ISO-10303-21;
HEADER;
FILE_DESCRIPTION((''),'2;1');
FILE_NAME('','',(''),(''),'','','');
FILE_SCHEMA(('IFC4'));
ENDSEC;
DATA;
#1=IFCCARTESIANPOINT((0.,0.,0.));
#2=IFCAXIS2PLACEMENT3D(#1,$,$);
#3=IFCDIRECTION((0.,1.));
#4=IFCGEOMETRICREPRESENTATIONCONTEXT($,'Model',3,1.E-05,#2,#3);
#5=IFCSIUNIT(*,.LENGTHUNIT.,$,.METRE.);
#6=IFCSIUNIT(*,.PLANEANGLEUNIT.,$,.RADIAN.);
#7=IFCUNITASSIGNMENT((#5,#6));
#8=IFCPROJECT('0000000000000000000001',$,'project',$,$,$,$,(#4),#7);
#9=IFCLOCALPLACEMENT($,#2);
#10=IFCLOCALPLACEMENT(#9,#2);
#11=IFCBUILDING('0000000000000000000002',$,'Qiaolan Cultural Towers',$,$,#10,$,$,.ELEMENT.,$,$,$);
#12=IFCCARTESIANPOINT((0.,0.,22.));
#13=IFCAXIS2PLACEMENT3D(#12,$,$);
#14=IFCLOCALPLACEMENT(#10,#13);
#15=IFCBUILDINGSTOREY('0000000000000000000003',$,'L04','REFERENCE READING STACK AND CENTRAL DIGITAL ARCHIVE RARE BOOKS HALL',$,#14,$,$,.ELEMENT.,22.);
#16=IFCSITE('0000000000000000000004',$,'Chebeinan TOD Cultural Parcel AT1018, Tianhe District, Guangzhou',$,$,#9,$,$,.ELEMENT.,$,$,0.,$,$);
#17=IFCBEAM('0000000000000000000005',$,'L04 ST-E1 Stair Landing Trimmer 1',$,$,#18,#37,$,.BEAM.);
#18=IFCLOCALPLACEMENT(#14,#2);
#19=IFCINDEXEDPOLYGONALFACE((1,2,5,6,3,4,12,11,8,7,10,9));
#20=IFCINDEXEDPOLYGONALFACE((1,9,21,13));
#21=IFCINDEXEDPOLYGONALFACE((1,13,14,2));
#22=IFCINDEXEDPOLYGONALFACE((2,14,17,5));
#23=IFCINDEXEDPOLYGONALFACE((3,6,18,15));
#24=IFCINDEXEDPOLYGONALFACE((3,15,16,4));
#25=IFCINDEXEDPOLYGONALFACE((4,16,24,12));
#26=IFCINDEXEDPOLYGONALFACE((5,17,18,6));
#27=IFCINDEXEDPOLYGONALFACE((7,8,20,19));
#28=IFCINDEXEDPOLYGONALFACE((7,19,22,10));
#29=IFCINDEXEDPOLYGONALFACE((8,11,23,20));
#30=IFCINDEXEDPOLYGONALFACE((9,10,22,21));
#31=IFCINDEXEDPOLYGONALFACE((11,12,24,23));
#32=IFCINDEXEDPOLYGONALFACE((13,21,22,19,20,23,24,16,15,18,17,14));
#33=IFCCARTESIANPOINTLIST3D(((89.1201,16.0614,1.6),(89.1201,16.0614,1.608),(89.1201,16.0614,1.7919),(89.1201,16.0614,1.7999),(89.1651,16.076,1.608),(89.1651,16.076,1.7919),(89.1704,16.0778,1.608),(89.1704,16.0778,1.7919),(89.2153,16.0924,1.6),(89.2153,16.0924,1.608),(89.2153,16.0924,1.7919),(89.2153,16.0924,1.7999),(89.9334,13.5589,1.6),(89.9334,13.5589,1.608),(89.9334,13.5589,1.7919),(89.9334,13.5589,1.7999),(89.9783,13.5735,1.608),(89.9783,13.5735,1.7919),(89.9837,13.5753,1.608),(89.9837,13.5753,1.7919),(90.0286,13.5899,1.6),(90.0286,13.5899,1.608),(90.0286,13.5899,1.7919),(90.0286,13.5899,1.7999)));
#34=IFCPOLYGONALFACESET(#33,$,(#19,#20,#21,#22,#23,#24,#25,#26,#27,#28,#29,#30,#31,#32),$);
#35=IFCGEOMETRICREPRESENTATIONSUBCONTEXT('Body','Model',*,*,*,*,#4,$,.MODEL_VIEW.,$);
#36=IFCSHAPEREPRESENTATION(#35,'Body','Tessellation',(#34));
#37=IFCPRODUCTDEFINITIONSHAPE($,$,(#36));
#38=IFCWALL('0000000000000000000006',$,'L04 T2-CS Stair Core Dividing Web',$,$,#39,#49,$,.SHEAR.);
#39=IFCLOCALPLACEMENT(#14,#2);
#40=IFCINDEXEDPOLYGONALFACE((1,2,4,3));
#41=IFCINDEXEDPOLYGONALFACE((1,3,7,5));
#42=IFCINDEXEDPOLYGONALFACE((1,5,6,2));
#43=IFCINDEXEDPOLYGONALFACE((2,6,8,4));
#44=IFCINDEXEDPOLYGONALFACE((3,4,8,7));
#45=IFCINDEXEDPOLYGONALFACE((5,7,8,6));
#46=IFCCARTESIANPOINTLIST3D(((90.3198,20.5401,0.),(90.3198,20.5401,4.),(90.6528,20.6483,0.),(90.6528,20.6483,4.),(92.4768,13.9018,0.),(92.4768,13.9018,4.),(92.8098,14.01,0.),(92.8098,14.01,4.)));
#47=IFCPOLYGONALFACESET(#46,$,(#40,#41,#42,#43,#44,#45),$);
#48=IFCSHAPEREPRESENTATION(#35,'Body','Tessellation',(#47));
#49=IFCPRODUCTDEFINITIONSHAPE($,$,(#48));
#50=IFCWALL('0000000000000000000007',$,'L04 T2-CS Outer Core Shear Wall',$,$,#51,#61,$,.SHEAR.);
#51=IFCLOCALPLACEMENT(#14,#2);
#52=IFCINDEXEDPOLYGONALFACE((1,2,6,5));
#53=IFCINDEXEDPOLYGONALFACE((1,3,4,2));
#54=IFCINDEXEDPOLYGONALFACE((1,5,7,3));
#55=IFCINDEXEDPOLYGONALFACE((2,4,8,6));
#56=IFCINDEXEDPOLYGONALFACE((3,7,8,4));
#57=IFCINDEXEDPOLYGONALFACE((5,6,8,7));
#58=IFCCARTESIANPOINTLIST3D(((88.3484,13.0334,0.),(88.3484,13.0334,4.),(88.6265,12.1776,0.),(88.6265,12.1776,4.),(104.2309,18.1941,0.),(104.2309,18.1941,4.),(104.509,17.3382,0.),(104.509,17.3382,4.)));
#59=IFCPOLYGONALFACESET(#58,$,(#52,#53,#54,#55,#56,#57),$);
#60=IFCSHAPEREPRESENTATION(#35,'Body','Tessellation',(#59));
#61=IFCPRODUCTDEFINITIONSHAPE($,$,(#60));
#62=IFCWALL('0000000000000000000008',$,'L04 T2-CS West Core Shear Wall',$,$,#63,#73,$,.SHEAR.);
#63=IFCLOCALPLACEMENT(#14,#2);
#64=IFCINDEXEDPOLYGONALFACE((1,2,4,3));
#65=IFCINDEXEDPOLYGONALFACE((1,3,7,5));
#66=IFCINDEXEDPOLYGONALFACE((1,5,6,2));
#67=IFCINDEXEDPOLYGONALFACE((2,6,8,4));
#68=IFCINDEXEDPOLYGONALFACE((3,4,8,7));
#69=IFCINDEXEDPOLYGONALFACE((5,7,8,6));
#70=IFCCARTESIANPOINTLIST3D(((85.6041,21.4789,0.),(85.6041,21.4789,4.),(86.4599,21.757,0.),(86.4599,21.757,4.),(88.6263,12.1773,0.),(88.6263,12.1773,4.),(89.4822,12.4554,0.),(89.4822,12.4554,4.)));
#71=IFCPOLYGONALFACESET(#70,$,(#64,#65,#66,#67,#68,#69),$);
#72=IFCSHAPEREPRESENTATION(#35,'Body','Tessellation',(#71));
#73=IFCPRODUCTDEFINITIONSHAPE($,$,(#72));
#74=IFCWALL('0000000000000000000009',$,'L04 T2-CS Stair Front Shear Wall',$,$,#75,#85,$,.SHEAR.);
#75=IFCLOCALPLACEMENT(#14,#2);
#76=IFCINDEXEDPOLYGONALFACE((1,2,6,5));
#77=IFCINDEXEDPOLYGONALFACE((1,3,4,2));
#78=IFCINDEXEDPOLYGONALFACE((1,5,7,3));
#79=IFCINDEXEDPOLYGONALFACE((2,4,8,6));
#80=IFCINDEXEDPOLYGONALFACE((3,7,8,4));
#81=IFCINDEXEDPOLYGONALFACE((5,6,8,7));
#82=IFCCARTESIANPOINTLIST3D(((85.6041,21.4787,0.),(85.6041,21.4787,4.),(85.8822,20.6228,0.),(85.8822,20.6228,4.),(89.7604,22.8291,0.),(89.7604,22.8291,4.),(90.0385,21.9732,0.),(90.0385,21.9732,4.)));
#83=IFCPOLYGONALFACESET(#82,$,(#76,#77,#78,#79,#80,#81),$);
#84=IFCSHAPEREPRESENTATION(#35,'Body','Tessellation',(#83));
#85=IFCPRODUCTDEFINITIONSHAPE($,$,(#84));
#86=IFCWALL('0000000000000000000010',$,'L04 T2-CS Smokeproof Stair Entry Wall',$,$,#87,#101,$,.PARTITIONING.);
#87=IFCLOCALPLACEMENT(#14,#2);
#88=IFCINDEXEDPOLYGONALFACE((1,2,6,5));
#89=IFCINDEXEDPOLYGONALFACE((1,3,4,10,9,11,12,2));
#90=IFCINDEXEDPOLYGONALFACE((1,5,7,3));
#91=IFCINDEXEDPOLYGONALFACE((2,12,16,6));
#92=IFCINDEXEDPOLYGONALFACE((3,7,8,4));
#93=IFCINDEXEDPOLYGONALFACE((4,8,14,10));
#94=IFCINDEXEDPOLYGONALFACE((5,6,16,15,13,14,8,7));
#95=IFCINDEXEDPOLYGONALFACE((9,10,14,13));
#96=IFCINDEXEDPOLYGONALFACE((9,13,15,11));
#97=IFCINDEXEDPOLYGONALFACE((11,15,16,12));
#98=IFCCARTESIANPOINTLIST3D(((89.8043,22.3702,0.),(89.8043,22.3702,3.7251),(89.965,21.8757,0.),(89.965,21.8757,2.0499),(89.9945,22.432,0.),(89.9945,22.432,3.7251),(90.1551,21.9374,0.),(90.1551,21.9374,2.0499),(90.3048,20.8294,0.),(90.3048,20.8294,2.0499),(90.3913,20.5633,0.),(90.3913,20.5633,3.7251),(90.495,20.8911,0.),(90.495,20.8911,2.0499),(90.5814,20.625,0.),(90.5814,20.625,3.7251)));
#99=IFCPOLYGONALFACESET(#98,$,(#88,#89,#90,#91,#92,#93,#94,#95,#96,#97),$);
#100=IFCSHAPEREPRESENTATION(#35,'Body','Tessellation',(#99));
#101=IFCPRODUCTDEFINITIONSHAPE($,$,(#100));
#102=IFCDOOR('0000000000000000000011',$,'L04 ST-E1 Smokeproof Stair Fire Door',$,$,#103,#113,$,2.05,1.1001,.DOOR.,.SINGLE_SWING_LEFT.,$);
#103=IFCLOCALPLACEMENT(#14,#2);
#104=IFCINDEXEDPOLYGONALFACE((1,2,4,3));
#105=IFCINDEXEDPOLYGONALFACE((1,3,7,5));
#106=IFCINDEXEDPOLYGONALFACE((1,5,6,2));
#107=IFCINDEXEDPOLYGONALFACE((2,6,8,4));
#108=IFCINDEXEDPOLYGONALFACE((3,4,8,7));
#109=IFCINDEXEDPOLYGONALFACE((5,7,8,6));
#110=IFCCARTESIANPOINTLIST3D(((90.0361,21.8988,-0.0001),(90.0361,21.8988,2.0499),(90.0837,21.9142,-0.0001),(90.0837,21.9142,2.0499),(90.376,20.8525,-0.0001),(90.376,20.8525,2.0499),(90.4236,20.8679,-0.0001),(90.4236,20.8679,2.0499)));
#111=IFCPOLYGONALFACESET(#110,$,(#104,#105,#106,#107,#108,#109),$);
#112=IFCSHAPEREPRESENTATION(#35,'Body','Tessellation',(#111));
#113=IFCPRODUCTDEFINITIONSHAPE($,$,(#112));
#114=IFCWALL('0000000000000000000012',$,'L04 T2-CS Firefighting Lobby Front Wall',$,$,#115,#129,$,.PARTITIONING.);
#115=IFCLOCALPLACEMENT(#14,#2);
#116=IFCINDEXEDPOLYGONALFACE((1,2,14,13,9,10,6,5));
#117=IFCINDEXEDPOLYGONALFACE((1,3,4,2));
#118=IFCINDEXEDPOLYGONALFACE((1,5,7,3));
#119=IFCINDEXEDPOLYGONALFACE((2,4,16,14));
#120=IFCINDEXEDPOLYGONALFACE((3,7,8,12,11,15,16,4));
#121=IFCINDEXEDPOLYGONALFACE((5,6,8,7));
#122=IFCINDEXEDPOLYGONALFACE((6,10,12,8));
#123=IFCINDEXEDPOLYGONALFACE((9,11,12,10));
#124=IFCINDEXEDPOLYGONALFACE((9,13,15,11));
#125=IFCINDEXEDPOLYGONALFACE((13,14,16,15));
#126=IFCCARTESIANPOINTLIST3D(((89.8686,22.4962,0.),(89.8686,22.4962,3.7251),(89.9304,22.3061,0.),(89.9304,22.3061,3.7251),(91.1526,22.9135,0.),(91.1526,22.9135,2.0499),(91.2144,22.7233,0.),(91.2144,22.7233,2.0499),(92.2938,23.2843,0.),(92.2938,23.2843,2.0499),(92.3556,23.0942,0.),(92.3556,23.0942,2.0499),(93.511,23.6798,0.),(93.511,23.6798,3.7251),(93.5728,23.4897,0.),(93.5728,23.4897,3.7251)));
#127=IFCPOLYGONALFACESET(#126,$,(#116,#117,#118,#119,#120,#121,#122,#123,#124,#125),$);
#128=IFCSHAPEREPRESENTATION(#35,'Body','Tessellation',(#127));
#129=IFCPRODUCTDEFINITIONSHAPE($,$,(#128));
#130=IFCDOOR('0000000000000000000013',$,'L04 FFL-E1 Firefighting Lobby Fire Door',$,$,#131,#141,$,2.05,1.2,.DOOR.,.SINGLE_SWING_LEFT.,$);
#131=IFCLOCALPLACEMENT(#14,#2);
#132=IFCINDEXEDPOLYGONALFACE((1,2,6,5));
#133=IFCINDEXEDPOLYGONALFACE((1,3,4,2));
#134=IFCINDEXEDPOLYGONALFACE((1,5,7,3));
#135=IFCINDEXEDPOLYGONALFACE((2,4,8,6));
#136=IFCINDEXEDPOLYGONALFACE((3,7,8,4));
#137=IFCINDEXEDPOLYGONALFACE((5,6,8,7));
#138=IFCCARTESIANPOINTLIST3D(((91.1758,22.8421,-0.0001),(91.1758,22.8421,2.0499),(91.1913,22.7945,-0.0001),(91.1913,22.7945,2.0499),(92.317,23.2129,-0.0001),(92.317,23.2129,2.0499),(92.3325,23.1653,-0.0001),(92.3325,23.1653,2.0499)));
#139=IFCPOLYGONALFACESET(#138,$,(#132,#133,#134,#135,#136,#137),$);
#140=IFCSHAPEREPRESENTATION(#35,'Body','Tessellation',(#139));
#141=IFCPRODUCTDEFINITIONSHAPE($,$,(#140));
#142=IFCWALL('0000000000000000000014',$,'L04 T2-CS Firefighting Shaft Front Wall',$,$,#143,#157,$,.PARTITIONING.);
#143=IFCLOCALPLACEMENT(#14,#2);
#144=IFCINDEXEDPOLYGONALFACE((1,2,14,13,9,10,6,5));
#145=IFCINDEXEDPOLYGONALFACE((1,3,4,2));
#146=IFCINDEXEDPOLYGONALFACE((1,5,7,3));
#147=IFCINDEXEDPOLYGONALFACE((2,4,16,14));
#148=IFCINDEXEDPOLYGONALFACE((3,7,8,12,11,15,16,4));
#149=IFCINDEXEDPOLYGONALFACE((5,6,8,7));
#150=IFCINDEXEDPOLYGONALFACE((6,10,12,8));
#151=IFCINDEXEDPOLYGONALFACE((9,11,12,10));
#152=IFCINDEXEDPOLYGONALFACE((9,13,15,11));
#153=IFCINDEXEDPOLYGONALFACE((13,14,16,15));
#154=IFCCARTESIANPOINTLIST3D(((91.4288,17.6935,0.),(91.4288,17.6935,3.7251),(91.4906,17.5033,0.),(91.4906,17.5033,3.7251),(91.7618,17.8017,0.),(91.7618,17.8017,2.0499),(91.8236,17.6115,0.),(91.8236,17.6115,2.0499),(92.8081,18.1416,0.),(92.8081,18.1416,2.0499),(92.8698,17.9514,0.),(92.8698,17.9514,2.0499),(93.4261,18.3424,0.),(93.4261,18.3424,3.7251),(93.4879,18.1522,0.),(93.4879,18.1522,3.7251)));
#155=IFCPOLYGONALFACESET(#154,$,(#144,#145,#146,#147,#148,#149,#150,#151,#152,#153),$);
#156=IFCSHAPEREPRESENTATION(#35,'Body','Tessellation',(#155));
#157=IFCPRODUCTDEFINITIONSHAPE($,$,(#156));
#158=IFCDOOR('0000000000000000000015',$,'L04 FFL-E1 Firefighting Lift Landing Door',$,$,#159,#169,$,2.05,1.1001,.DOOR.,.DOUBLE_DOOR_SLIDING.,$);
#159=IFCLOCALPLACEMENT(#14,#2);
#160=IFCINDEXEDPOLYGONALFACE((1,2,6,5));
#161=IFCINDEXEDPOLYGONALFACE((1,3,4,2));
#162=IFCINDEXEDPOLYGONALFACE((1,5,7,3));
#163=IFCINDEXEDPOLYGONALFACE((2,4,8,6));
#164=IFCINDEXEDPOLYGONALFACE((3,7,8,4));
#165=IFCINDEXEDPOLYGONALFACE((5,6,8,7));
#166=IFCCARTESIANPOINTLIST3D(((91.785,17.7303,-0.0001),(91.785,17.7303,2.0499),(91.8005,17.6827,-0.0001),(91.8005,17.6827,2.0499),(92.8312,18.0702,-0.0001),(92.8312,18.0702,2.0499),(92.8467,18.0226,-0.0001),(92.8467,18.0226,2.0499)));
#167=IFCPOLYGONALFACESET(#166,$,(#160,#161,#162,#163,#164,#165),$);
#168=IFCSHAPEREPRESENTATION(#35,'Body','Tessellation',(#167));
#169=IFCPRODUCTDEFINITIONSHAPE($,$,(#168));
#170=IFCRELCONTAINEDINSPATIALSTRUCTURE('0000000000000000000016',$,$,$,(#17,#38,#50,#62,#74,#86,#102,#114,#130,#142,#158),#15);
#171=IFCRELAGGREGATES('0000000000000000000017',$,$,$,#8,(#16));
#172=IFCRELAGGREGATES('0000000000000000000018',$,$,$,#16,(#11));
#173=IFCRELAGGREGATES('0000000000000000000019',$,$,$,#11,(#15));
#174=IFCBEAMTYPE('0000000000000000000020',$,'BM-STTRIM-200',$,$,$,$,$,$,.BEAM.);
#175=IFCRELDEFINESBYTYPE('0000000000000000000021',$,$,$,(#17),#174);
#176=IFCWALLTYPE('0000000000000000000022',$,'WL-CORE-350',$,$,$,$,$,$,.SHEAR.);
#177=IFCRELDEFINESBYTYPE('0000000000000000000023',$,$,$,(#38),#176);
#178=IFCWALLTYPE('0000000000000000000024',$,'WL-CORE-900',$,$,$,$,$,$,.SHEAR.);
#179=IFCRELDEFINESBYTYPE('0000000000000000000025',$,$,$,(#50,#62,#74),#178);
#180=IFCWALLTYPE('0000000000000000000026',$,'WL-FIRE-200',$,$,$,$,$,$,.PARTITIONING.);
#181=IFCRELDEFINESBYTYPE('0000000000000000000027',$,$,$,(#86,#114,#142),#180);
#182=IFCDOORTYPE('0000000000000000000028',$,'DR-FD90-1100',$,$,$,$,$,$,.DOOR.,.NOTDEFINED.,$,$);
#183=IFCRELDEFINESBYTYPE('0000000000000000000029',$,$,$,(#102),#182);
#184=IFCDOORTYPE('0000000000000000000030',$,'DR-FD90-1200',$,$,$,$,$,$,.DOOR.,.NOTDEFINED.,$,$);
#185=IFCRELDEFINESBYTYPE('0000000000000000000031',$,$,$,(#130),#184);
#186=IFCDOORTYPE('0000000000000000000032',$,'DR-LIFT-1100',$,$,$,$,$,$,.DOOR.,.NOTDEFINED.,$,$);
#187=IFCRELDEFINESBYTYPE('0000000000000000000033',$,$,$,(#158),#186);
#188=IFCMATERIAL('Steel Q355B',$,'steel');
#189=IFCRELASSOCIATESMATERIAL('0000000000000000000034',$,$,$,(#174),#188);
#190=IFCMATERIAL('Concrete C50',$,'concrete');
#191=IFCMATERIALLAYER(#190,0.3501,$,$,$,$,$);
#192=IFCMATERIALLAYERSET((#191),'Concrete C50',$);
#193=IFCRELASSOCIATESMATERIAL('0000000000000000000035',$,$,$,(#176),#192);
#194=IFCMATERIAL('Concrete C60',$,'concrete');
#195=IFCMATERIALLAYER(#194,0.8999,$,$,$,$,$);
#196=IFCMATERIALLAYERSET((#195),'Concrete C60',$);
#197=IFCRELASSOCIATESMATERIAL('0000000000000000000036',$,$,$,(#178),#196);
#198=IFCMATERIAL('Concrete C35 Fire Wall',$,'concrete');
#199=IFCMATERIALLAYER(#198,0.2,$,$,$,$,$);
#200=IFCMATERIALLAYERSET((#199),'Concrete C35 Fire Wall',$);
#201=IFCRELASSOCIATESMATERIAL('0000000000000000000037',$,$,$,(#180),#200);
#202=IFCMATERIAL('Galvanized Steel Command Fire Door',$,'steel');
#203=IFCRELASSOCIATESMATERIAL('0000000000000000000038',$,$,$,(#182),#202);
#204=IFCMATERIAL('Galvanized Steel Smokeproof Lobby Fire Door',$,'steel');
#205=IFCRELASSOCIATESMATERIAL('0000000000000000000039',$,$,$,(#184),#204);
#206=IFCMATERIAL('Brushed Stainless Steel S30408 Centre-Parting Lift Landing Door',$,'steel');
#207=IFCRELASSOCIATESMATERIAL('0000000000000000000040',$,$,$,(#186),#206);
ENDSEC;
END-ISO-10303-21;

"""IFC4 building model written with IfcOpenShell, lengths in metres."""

from ifc_helpers import new_model, si_unit, direction, frame, frame_2d, origin, origin_2d, place, context, subcontext, project, spatial, rectangle, i_section, extrude, material, layer, layer_set, material_profile, profile_set, type_object, element, fill, save


model = new_model("IFC4")

# Units and contexts
model_context = context("Model", 3, precision=1e-05, world=origin(), true_north=direction((0.0, 1.0)))
body_context = subcontext(model_context, "Body", "Model", "MODEL_VIEW")
ifc_project = project(units=[si_unit("LENGTHUNIT", "METRE"), si_unit("PLANEANGLEUNIT", "RADIAN")], contexts=[model_context])

# Site, building, storey
site_placement = place(None, origin())
site = spatial("IfcSite", under=ifc_project, at=site_placement, Name="Chebeinan TOD Cultural Parcel AT1018, Tianhe District, Guangzhou", CompositionType="ELEMENT", RefElevation=0.0)
building_placement = place(site_placement, origin())
building = spatial("IfcBuilding", under=site, at=building_placement, Name="Qiaolan Cultural Towers", CompositionType="ELEMENT")
storey_placement = place(building_placement, frame((0.0, 0.0, 22.0)))
storey = spatial("IfcBuildingStorey", under=building, at=storey_placement, Name="L04", Description="REFERENCE READING STACK AND CENTRAL DIGITAL ARCHIVE RARE BOOKS HALL", CompositionType="ELEMENT", Elevation=22.0)

# Beam
ifc_material_1 = material(Name="Steel Q355B", Category="steel")
ifc_material_profile_1 = material_profile(ifc_material_1, i_section(OverallWidth=0.1001, OverallDepth=0.2, WebThickness=0.0056, FlangeThickness=0.0081, at=origin_2d()), Name="HN200x100x5.5x8")
ifc_profile_set_1 = profile_set([ifc_material_profile_1], Name="Steel Q355B")
beam_type_1 = type_object("IfcBeamType", Name="BM-STTRIM-200", PredefinedType="BEAM", material=ifc_profile_set_1)
beam_1_placement = place(storey_placement, frame((89.1677, 16.0769, 1.7), z_axis=(0.309065, -0.951041, 0.0), x_axis=(0.951041, 0.309065, 0.0)))
element("IfcBeam", 1, at=beam_1_placement, inside=storey, type_object=beam_type_1, Name="L04 ST-E1 Stair Landing Trimmer 1", PredefinedType="BEAM", context=body_context, shape_type="SweptSolid", body=[
    extrude(i_section(OverallWidth=0.1001, OverallDepth=0.2, WebThickness=0.0056, FlangeThickness=0.0081, at=origin_2d()), origin(), (0.0, 0.0, 1.0), 2.6313),
])

# Walls
ifc_material_2 = material(Name="Concrete C50", Category="concrete")
ifc_layer_1 = layer(ifc_material_2, 0.3501)
ifc_layer_set_1 = layer_set([ifc_layer_1], Name="Concrete C50")
wall_type_1 = type_object("IfcWallType", Name="WL-CORE-350", PredefinedType="SHEAR", material=ifc_layer_set_1)
wall_1_placement = place(storey_placement, frame((90.4863, 20.5942, 0.0), z_axis=(0.0, 0.0, 1.0), x_axis=(0.30902, -0.951055, 0.0)))
element("IfcWall", 2, at=wall_1_placement, inside=storey, type_object=wall_type_1, Name="L04 T2-CS Stair Core Dividing Web", PredefinedType="SHEAR", context=body_context, shape_type="SweptSolid", body=[
    extrude(rectangle(XDim=6.98, YDim=0.3501, at=frame_2d((3.49, 0.0))), origin(), (0.0, 0.0, 1.0), 4.0),
])
ifc_material_3 = material(Name="Concrete C60", Category="concrete")
ifc_layer_2 = layer(ifc_material_3, 0.8999)
ifc_layer_set_2 = layer_set([ifc_layer_2], Name="Concrete C60")
wall_type_2 = type_object("IfcWallType", Name="WL-CORE-900", PredefinedType="SHEAR", material=ifc_layer_set_2)
wall_2_placement = place(storey_placement, frame((88.4873, 12.6055, 0.0), z_axis=(0.0, 0.0, 1.0), x_axis=(0.951055, 0.309022, 0.0)))
element("IfcWall", 3, at=wall_2_placement, inside=storey, type_object=wall_type_2, Name="L04 T2-CS Outer Core Shear Wall", PredefinedType="SHEAR", context=body_context, shape_type="SweptSolid", body=[
    extrude(rectangle(XDim=16.7, YDim=0.8999, at=frame_2d((8.3501, 0.0))), origin(), (0.0, 0.0, 1.0), 4.0),
])
wall_3_placement = place(storey_placement, frame((86.032, 21.6179, 0.0), z_axis=(0.0, 0.0, 1.0), x_axis=(0.309014, -0.951057, 0.0)))
element("IfcWall", 4, at=wall_3_placement, inside=storey, type_object=wall_type_2, Name="L04 T2-CS West Core Shear Wall", PredefinedType="SHEAR", context=body_context, shape_type="SweptSolid", body=[
    extrude(rectangle(XDim=9.7803, YDim=0.8999, at=frame_2d((4.8901, 0.0))), origin(), (0.0, 0.0, 1.0), 4.0),
])
wall_4_placement = place(storey_placement, frame((85.7432, 21.0508, 0.0), z_axis=(0.0, 0.0, 1.0), x_axis=(0.951064, 0.308995, 0.0)))
element("IfcWall", 5, at=wall_4_placement, inside=storey, type_object=wall_type_2, Name="L04 T2-CS Stair Front Shear Wall", PredefinedType="SHEAR", context=body_context, shape_type="SweptSolid", body=[
    extrude(rectangle(XDim=4.3701, YDim=0.8999, at=frame_2d((2.1851, 0.0))), origin(), (0.0, 0.0, 1.0), 4.0),
])

# Walls, openings, doors
ifc_material_4 = material(Name="Concrete C35 Fire Wall", Category="concrete")
ifc_layer_3 = layer(ifc_material_4, 0.2)
ifc_layer_set_3 = layer_set([ifc_layer_3], Name="Concrete C35 Fire Wall")
wall_type_3 = type_object("IfcWallType", Name="WL-FIRE-200", PredefinedType="PARTITIONING", material=ifc_layer_set_3)
wall_5_placement = place(storey_placement, frame((89.8994, 22.4011, 0.0), z_axis=(0.0, 0.0, 1.0), x_axis=(0.308932, -0.951084, 0.0)))
wall_5 = element("IfcWall", 6, at=wall_5_placement, inside=storey, type_object=wall_type_3, Name="L04 T2-CS Smokeproof Stair Entry Wall", PredefinedType="PARTITIONING", context=body_context, shape_type="SweptSolid", body=[
    extrude(rectangle(XDim=1.8999, YDim=0.2, at=frame_2d((0.95, 0.0))), origin(), (0.0, 0.0, 1.0), 3.7251),
])
opening_1_placement = place(wall_5_placement, frame((0.52, 0.0, 0.0)))
opening_1 = element("IfcOpeningElement", 7, at=opening_1_placement, cuts=wall_5, PredefinedType="OPENING", context=body_context, shape_type="SweptSolid", body=[
    extrude(rectangle(XDim=1.1001, YDim=2.05, at=frame_2d((0.55, 1.0249))), frame((0.0, 0.1099, 0.0), z_axis=(0.0, -1.0, 0.0), x_axis=(1.0, 0.0, 0.0)), (0.0, 0.0, 1.0), 0.22),
])
ifc_material_5 = material(Name="Galvanized Steel Command Fire Door", Category="steel")
door_type_1 = type_object("IfcDoorType", Name="DR-FD90-1100", OperationType="NOTDEFINED", PredefinedType="DOOR", material=ifc_material_5)
door_1_placement = place(opening_1_placement, origin())
door_1 = element("IfcDoor", 8, at=door_1_placement, inside=storey, type_object=door_type_1, Name="L04 ST-E1 Smokeproof Stair Fire Door", OperationType="SINGLE_SWING_LEFT", OverallHeight=2.05, OverallWidth=1.1001, PredefinedType="DOOR", context=body_context, shape_type="SweptSolid", body=[
    extrude(rectangle(XDim=1.1001, YDim=2.05, at=frame_2d((0.55, 1.0249))), frame((0.0, 0.0249, 0.0), z_axis=(0.0, -1.0, 0.0), x_axis=(1.0, 0.0, 0.0)), (0.0, 0.0, 1.0), 0.05),
])
fill(opening_1, door_1)
wall_6_placement = place(storey_placement, frame((89.8994, 22.4011, 0.0), z_axis=(0.0, 0.0, 1.0), x_axis=(0.951047, 0.309047, 0.0)))
wall_6 = element("IfcWall", 9, at=wall_6_placement, inside=storey, type_object=wall_type_3, Name="L04 T2-CS Firefighting Lobby Front Wall", PredefinedType="PARTITIONING", context=body_context, shape_type="SweptSolid", body=[
    extrude(rectangle(XDim=3.8298, YDim=0.2, at=frame_2d((1.915, 0.0))), origin(), (0.0, 0.0, 1.0), 3.7251),
])
opening_2_placement = place(wall_6_placement, frame((1.3501, 0.0, 0.0)))
opening_2 = element("IfcOpeningElement", 10, at=opening_2_placement, cuts=wall_6, PredefinedType="OPENING", context=body_context, shape_type="SweptSolid", body=[
    extrude(rectangle(XDim=1.2, YDim=2.05, at=frame_2d((0.6001, 1.0249))), frame((0.0, 0.1099, 0.0), z_axis=(0.0, -1.0, 0.0), x_axis=(1.0, 0.0, 0.0)), (0.0, 0.0, 1.0), 0.22),
])
ifc_material_6 = material(Name="Galvanized Steel Smokeproof Lobby Fire Door", Category="steel")
door_type_2 = type_object("IfcDoorType", Name="DR-FD90-1200", OperationType="NOTDEFINED", PredefinedType="DOOR", material=ifc_material_6)
door_2_placement = place(opening_2_placement, origin())
door_2 = element("IfcDoor", 11, at=door_2_placement, inside=storey, type_object=door_type_2, Name="L04 FFL-E1 Firefighting Lobby Fire Door", OperationType="SINGLE_SWING_LEFT", OverallHeight=2.05, OverallWidth=1.2, PredefinedType="DOOR", context=body_context, shape_type="SweptSolid", body=[
    extrude(rectangle(XDim=1.2, YDim=2.05, at=frame_2d((0.6001, 1.0249))), frame((0.0, 0.0249, 0.0), z_axis=(0.0, -1.0, 0.0), x_axis=(1.0, 0.0, 0.0)), (0.0, 0.0, 1.0), 0.05),
])
fill(opening_2, door_2)
wall_7_placement = place(storey_placement, frame((91.4597, 17.5984, 0.0), z_axis=(0.0, 0.0, 1.0), x_axis=(0.951062, 0.308999, 0.0)))
wall_7 = element("IfcWall", 12, at=wall_7_placement, inside=storey, type_object=wall_type_3, Name="L04 T2-CS Firefighting Shaft Front Wall", PredefinedType="PARTITIONING", context=body_context, shape_type="SweptSolid", body=[
    extrude(rectangle(XDim=2.1001, YDim=0.2, at=frame_2d((1.05, 0.0))), origin(), (0.0, 0.0, 1.0), 3.7251),
])
opening_3_placement = place(wall_7_placement, frame((0.3501, 0.0, 0.0)))
opening_3 = element("IfcOpeningElement", 13, at=opening_3_placement, cuts=wall_7, PredefinedType="OPENING", context=body_context, shape_type="SweptSolid", body=[
    extrude(rectangle(XDim=1.1001, YDim=2.05, at=frame_2d((0.55, 1.0249))), frame((0.0, 0.1099, 0.0), z_axis=(0.0, -1.0, 0.0), x_axis=(1.0, 0.0, 0.0)), (0.0, 0.0, 1.0), 0.22),
])
ifc_material_7 = material(Name="Brushed Stainless Steel S30408 Centre-Parting Lift Landing Door", Category="steel")
door_type_3 = type_object("IfcDoorType", Name="DR-LIFT-1100", OperationType="NOTDEFINED", PredefinedType="DOOR", material=ifc_material_7)
door_3_placement = place(opening_3_placement, origin())
door_3 = element("IfcDoor", 14, at=door_3_placement, inside=storey, type_object=door_type_3, Name="L04 FFL-E1 Firefighting Lift Landing Door", OperationType="DOUBLE_DOOR_SLIDING", OverallHeight=2.05, OverallWidth=1.1001, PredefinedType="DOOR", context=body_context, shape_type="SweptSolid", body=[
    extrude(rectangle(XDim=1.1001, YDim=2.05, at=frame_2d((0.55, 1.0249))), frame((0.0, 0.0249, 0.0), z_axis=(0.0, -1.0, 0.0), x_axis=(1.0, 0.0, 0.0)), (0.0, 0.0, 1.0), 0.05),
])
fill(opening_3, door_3)

save(model, "model.ifc")
